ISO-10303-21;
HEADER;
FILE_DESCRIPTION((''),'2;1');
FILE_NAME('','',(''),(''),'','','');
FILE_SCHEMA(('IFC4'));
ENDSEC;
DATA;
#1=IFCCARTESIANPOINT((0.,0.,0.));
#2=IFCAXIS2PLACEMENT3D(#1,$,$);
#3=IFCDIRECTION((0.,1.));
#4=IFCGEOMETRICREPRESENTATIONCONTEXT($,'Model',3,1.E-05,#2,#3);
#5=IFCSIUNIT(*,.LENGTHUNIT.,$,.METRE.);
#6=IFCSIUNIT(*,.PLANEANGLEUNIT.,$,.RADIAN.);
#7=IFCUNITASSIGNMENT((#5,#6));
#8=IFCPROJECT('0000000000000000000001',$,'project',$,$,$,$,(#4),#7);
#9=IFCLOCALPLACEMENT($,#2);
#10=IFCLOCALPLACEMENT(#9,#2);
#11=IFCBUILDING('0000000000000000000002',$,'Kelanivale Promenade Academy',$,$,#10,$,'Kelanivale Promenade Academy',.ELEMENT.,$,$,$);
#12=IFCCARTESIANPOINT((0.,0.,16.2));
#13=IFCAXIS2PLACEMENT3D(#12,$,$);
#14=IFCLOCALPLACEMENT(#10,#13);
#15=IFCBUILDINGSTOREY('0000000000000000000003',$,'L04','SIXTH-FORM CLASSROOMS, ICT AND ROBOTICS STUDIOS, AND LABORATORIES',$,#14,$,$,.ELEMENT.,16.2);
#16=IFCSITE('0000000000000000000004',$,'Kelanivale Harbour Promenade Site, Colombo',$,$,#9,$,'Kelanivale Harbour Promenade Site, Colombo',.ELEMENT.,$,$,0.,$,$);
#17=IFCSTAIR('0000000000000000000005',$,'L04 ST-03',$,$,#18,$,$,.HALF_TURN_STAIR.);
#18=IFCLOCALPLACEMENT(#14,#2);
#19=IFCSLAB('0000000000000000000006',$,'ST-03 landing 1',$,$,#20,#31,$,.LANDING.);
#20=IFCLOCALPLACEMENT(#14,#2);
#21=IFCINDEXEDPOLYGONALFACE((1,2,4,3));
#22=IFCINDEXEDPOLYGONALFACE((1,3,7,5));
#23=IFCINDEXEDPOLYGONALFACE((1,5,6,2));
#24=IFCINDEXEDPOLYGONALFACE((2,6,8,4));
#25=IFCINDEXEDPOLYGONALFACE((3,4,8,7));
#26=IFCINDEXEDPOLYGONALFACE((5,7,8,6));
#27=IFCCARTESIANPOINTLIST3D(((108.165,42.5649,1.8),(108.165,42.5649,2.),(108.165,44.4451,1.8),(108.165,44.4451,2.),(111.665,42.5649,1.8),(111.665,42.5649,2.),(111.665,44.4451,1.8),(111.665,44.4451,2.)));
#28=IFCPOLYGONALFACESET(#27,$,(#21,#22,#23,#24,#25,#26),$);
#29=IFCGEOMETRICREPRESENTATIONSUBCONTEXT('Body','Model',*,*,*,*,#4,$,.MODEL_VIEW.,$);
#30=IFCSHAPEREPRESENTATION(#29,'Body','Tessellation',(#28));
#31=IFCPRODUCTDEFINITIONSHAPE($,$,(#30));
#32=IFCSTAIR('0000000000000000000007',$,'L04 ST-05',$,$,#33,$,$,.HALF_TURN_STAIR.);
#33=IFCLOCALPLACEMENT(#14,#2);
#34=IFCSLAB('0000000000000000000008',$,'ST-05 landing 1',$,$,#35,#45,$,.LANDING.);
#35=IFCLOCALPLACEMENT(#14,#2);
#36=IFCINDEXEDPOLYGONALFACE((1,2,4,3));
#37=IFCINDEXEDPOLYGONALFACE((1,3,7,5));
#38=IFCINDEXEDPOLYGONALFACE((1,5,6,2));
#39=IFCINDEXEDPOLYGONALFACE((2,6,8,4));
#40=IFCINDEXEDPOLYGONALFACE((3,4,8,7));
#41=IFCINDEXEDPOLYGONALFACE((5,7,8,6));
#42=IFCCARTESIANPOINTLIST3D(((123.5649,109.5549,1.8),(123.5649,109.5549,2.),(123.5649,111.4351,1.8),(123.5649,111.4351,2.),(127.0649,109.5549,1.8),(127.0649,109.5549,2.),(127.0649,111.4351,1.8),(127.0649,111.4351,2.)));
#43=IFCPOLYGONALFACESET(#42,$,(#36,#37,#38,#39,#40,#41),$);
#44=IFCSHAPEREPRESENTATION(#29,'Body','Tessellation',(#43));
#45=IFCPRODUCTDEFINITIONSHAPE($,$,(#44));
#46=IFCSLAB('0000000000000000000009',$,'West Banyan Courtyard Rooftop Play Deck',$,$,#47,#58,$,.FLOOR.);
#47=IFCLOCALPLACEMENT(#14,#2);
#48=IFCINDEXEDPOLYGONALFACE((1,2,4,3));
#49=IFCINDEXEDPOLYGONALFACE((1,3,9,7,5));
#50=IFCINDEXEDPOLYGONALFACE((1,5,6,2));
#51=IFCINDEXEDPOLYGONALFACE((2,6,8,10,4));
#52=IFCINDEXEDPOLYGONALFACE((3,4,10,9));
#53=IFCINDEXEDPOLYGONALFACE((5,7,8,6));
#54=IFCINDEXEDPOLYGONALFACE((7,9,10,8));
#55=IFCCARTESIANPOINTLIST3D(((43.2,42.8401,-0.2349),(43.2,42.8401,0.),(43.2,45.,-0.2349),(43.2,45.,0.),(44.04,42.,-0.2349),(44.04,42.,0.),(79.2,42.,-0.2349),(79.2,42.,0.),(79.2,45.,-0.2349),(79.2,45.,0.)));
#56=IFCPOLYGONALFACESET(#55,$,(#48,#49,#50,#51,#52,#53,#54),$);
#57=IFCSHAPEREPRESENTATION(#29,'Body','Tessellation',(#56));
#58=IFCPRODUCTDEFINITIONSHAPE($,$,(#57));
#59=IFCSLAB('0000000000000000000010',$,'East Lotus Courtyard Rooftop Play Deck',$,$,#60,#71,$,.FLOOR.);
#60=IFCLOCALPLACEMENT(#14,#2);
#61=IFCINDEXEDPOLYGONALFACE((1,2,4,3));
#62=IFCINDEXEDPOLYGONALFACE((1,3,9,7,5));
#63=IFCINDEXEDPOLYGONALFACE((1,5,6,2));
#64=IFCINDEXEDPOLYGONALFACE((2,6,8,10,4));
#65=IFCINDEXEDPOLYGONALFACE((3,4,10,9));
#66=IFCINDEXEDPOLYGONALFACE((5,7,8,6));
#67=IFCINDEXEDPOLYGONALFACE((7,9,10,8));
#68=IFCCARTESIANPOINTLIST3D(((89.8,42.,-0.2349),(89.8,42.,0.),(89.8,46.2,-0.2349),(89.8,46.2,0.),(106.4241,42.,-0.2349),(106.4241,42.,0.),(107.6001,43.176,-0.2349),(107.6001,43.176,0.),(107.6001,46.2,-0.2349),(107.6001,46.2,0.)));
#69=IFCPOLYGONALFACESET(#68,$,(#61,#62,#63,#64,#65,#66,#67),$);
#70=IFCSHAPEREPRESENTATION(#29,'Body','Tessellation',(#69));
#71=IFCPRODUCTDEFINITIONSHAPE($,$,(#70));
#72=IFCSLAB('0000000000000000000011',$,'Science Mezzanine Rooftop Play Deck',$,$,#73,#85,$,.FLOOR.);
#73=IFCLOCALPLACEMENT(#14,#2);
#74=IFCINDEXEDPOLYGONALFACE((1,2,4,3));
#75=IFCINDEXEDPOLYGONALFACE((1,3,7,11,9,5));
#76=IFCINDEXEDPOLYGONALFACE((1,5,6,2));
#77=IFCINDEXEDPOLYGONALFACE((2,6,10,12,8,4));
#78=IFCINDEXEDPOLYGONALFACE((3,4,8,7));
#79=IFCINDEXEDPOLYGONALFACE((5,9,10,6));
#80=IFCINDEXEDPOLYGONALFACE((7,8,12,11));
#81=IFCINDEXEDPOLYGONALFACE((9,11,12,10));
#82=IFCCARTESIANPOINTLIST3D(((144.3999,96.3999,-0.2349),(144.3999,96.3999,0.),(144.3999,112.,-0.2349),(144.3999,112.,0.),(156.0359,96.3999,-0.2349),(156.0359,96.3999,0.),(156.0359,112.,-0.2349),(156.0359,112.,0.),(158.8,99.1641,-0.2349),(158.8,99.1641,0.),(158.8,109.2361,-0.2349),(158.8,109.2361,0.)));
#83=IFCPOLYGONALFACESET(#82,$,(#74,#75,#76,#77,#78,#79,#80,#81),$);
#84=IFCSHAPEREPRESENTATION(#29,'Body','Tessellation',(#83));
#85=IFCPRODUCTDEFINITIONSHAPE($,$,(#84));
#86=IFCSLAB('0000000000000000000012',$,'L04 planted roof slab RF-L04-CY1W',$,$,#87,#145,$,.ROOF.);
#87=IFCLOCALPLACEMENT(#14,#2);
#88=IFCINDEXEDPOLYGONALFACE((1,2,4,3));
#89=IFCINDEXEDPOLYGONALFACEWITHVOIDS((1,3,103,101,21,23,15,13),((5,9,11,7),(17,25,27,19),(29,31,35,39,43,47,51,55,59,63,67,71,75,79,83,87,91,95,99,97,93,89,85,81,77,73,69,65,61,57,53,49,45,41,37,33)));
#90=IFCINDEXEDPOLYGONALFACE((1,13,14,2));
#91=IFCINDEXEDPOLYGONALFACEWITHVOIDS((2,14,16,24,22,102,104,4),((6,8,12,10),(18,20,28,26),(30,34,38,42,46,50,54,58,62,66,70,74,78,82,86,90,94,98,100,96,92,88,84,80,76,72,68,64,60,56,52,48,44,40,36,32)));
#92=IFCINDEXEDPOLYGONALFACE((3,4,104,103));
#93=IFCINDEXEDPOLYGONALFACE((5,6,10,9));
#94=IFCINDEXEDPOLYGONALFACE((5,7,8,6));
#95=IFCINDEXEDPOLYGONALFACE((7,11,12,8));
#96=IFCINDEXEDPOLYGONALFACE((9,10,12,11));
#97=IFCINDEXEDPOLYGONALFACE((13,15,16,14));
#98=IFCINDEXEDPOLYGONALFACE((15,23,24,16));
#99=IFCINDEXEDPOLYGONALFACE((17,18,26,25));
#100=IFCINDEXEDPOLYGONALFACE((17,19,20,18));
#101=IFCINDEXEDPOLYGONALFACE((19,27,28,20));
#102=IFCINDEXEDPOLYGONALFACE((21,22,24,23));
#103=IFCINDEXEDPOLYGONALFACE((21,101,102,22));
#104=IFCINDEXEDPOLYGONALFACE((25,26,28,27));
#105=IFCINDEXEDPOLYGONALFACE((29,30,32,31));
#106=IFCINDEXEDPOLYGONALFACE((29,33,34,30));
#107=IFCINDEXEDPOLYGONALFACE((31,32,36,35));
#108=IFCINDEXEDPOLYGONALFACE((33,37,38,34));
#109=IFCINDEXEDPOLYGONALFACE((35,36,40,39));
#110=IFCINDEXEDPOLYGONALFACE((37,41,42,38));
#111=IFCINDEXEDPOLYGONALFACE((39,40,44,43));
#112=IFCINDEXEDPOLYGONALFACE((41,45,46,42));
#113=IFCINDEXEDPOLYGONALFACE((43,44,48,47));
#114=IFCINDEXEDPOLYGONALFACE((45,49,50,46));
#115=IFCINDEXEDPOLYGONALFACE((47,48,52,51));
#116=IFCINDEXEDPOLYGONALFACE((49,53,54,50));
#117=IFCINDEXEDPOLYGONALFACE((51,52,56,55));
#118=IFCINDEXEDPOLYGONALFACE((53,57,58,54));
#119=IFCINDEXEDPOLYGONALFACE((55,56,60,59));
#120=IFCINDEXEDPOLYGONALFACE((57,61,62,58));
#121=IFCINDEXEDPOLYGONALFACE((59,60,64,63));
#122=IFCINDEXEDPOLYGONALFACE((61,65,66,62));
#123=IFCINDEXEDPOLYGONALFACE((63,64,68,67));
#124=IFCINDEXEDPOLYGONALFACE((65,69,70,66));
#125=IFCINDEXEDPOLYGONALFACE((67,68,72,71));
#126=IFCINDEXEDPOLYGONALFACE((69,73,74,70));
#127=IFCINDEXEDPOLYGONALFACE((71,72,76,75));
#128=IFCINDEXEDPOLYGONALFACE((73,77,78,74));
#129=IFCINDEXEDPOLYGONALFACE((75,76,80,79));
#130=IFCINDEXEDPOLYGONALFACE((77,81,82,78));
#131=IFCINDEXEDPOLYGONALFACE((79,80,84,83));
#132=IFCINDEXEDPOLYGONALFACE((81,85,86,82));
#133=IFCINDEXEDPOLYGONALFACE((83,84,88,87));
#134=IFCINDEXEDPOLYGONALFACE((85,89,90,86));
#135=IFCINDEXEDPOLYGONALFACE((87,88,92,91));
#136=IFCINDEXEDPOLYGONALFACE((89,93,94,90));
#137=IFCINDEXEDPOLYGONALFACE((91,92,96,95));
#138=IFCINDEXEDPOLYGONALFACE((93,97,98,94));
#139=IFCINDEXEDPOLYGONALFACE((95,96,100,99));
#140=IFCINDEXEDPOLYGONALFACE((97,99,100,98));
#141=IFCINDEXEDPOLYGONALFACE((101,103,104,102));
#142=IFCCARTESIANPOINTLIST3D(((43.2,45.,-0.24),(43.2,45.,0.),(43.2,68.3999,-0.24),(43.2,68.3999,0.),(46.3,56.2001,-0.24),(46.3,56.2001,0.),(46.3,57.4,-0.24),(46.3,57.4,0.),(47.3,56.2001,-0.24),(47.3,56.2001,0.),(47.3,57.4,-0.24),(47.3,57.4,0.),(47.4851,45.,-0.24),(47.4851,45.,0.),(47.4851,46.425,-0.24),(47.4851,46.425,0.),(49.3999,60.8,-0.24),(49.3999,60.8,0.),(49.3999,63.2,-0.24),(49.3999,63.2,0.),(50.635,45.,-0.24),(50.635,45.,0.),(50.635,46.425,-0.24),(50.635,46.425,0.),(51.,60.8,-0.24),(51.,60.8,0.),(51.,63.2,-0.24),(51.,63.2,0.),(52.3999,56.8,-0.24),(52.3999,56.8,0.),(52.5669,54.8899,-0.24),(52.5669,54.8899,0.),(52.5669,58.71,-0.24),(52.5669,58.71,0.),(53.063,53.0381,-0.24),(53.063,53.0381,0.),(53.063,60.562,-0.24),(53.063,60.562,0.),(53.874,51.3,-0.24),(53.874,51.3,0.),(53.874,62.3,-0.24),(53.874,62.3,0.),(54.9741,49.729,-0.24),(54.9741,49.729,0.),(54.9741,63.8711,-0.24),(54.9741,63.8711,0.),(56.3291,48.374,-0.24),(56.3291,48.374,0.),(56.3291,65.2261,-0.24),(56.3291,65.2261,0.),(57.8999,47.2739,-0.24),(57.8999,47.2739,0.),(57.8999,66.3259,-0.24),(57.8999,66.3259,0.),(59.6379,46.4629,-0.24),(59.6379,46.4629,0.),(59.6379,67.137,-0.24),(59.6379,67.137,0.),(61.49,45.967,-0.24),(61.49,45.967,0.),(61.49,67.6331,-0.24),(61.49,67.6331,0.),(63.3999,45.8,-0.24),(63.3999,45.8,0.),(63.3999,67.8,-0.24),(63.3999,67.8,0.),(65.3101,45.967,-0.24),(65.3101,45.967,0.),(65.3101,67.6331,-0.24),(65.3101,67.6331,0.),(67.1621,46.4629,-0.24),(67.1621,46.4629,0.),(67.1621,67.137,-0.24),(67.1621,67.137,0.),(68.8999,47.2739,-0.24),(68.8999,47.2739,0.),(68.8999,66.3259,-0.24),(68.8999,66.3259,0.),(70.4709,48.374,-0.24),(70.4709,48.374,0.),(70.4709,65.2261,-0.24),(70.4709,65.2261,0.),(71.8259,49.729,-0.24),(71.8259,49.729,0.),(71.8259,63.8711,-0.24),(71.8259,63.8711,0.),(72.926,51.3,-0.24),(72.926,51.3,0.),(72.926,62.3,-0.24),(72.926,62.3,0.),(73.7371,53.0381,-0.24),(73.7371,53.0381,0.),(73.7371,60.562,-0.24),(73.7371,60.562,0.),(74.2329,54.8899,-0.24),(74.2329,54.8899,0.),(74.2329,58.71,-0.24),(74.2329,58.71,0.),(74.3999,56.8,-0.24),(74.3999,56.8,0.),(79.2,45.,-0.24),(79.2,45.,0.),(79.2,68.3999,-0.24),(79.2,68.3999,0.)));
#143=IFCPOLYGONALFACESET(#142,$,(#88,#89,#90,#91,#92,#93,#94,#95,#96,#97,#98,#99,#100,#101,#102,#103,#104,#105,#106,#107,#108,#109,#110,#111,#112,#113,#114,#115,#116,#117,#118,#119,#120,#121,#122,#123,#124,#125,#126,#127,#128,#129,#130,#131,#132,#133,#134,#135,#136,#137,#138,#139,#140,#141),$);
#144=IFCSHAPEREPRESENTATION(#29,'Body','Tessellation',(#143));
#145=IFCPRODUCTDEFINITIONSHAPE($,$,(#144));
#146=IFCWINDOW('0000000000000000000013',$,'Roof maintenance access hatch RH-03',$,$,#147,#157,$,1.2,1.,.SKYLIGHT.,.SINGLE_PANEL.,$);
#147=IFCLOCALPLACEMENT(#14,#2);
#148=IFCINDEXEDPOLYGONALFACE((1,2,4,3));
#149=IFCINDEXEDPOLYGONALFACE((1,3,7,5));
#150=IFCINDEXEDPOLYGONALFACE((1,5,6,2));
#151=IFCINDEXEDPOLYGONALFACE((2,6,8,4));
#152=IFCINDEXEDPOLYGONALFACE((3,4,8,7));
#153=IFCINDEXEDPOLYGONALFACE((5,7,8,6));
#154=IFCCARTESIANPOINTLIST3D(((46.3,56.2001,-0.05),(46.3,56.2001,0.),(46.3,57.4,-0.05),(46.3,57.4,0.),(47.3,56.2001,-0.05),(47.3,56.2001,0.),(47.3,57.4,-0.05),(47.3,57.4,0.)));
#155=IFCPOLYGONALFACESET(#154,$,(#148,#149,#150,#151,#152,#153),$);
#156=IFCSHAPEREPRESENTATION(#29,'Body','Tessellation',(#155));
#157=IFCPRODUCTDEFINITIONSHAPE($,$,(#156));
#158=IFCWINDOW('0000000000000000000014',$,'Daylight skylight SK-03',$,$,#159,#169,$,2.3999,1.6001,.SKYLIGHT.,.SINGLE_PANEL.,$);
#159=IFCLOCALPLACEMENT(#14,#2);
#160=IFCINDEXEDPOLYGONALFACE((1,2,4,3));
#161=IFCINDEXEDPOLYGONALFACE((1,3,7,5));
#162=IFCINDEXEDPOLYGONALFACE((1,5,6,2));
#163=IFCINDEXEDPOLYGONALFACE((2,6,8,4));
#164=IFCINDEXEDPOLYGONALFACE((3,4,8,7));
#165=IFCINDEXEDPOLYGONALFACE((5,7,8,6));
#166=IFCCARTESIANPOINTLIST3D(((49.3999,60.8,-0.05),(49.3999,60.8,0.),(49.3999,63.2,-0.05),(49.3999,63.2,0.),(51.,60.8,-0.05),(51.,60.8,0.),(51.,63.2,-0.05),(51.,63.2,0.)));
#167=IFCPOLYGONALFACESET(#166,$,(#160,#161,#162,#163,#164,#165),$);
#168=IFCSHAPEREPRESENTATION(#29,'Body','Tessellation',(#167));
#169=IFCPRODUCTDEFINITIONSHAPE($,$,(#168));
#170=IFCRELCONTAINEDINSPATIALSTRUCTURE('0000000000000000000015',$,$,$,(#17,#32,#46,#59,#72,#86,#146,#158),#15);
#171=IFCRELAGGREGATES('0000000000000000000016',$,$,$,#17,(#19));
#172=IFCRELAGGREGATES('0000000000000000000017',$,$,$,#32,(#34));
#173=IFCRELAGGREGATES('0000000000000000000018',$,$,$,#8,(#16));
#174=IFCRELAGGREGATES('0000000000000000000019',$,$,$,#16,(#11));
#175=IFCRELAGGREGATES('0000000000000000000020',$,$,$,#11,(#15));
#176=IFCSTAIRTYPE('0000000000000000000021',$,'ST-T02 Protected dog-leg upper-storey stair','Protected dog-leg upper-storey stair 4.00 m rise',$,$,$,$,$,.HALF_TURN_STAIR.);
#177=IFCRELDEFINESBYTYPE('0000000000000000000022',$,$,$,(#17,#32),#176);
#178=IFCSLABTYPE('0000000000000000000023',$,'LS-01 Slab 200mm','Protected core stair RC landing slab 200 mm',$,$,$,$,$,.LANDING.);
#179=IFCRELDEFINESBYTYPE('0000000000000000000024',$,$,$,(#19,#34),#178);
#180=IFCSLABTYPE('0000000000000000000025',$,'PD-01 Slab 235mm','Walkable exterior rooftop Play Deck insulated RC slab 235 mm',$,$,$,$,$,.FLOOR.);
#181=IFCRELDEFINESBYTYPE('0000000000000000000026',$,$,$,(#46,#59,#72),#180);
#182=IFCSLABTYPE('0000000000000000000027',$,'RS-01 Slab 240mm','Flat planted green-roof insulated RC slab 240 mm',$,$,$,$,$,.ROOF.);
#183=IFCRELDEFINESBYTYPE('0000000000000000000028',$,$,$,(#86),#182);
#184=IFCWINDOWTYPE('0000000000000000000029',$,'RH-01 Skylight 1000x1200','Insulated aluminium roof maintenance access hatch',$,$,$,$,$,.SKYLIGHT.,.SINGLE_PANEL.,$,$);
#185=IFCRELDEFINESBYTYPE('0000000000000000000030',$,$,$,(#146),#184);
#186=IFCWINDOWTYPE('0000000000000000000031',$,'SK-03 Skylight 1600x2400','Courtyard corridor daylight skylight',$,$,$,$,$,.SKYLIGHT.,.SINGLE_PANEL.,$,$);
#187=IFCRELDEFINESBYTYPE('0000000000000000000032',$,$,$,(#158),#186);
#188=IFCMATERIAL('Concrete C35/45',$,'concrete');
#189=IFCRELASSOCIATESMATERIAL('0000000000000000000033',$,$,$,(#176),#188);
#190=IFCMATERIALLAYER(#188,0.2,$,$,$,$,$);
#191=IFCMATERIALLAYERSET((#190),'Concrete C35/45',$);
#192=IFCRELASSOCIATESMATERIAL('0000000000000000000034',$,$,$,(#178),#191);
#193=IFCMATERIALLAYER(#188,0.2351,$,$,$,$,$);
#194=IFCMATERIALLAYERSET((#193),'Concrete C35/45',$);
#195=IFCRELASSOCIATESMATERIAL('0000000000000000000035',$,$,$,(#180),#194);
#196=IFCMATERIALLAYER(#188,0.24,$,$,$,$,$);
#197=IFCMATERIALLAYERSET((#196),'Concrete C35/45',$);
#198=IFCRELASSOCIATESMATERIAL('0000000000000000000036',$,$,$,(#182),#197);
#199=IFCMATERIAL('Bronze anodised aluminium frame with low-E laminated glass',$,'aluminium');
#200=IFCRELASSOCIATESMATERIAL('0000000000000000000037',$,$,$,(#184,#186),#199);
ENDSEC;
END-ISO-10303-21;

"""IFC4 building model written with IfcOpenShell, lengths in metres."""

from ifc_helpers import new_model, si_unit, direction, frame, origin, origin_2d, place, context, subcontext, project, spatial, polyline, rectangle, outline, extrude, material, layer, layer_set, type_object, element, fill, aggregate, save


model = new_model("IFC4")

# Units and contexts
model_context = context("Model", 3, precision=1e-05, world=origin(), true_north=direction((0.0, 1.0)))
body_context = subcontext(model_context, "Body", "Model", "MODEL_VIEW")
ifc_project = project(units=[si_unit("LENGTHUNIT", "METRE"), si_unit("PLANEANGLEUNIT", "RADIAN")], contexts=[model_context])

# Site, building, storey
site_placement = place(None, origin())
site = spatial("IfcSite", under=ifc_project, at=site_placement, Name="Kelanivale Harbour Promenade Site, Colombo", LongName="Kelanivale Harbour Promenade Site, Colombo", CompositionType="ELEMENT", RefElevation=0.0)
building_placement = place(site_placement, origin())
building = spatial("IfcBuilding", under=site, at=building_placement, Name="Kelanivale Promenade Academy", LongName="Kelanivale Promenade Academy", CompositionType="ELEMENT")
storey_placement = place(building_placement, frame((0.0, 0.0, 16.2)))
storey = spatial("IfcBuildingStorey", under=building, at=storey_placement, Name="L04", Description="SIXTH-FORM CLASSROOMS, ICT AND ROBOTICS STUDIOS, AND LABORATORIES", CompositionType="ELEMENT", Elevation=16.2)

# Shared definitions
ifc_material_1 = material(Name="Concrete C35/45", Category="concrete")

# Shared definitions
ifc_material_2 = material(Name="Bronze anodised aluminium frame with low-E laminated glass", Category="aluminium")

# Stairs, slabs
stair_type = type_object("IfcStairType", Name="ST-T02 Protected dog-leg upper-storey stair", Description="Protected dog-leg upper-storey stair 4.00 m rise", PredefinedType="HALF_TURN_STAIR", material=ifc_material_1)
ifc_layer_1 = layer(ifc_material_1, 0.2)
ifc_layer_set_1 = layer_set([ifc_layer_1], Name="Concrete C35/45")
slab_type_1 = type_object("IfcSlabType", Name="LS-01 Slab 200mm", Description="Protected core stair RC landing slab 200 mm", PredefinedType="LANDING", material=ifc_layer_set_1)
stair_1_placement = place(storey_placement, origin())
stair_1 = element("IfcStair", 1, at=stair_1_placement, inside=storey, type_object=stair_type, Name="L04 ST-03", PredefinedType="HALF_TURN_STAIR")
slab_1_placement = place(storey_placement, frame((0.0, 0.0, 1.8)))
slab_1 = element("IfcSlab", 2, at=slab_1_placement, type_object=slab_type_1, Name="ST-03 landing 1", PredefinedType="LANDING", context=body_context, shape_type="SweptSolid", body=[
    extrude(outline(polyline([(108.165, 44.4451), (108.165, 42.5649), (111.665, 42.5649), (111.665, 44.4451), (108.165, 44.4451)])), origin(), (0.0, 0.0, 1.0), 0.2),
])
aggregate(stair_1, [slab_1])
stair_2_placement = place(storey_placement, origin())
stair_2 = element("IfcStair", 3, at=stair_2_placement, inside=storey, type_object=stair_type, Name="L04 ST-05", PredefinedType="HALF_TURN_STAIR")
slab_2_placement = place(storey_placement, frame((0.0, 0.0, 1.8)))
slab_2 = element("IfcSlab", 4, at=slab_2_placement, type_object=slab_type_1, Name="ST-05 landing 1", PredefinedType="LANDING", context=body_context, shape_type="SweptSolid", body=[
    extrude(outline(polyline([(127.0649, 109.5549), (127.0649, 111.4351), (123.5649, 111.4351), (123.5649, 109.5549), (127.0649, 109.5549)])), origin(), (0.0, 0.0, 1.0), 0.2),
])
aggregate(stair_2, [slab_2])

# Slabs
ifc_layer_2 = layer(ifc_material_1, 0.2351)
ifc_layer_set_2 = layer_set([ifc_layer_2], Name="Concrete C35/45")
slab_type_2 = type_object("IfcSlabType", Name="PD-01 Slab 235mm", Description="Walkable exterior rooftop Play Deck insulated RC slab 235 mm", PredefinedType="FLOOR", material=ifc_layer_set_2)
slab_3_placement = place(storey_placement, frame((0.0, 0.0, -0.2349)))
element("IfcSlab", 5, at=slab_3_placement, inside=storey, type_object=slab_type_2, Name="West Banyan Courtyard Rooftop Play Deck", PredefinedType="FLOOR", context=body_context, shape_type="SweptSolid", body=[
    extrude(outline(polyline([(44.04, 42.0), (79.2, 42.0), (79.2, 45.0), (43.2, 45.0), (43.2, 42.8401), (44.04, 42.0)])), origin(), (0.0, 0.0, 1.0), 0.2349),
])
slab_4_placement = place(storey_placement, frame((0.0, 0.0, -0.2349)))
element("IfcSlab", 6, at=slab_4_placement, inside=storey, type_object=slab_type_2, Name="East Lotus Courtyard Rooftop Play Deck", PredefinedType="FLOOR", context=body_context, shape_type="SweptSolid", body=[
    extrude(outline(polyline([(106.4241, 42.0), (107.6001, 43.176), (107.6001, 46.2), (89.8, 46.2), (89.8, 42.0), (106.4241, 42.0)])), origin(), (0.0, 0.0, 1.0), 0.2349),
])
slab_5_placement = place(storey_placement, frame((0.0, 0.0, -0.2349)))
element("IfcSlab", 7, at=slab_5_placement, inside=storey, type_object=slab_type_2, Name="Science Mezzanine Rooftop Play Deck", PredefinedType="FLOOR", context=body_context, shape_type="SweptSolid", body=[
    extrude(outline(polyline([(156.0359, 96.3999), (158.8, 99.1641), (158.8, 109.2361), (156.0359, 112.0), (144.3999, 112.0), (144.3999, 96.3999), (156.0359, 96.3999)])), origin(), (0.0, 0.0, 1.0), 0.2349),
])

# Slab, openings, windows
ifc_layer_3 = layer(ifc_material_1, 0.24)
ifc_layer_set_3 = layer_set([ifc_layer_3], Name="Concrete C35/45")
slab_type_3 = type_object("IfcSlabType", Name="RS-01 Slab 240mm", Description="Flat planted green-roof insulated RC slab 240 mm", PredefinedType="ROOF", material=ifc_layer_set_3)
slab_6_placement = place(storey_placement, frame((0.0, 0.0, -0.24)))
slab_6 = element("IfcSlab", 8, at=slab_6_placement, inside=storey, type_object=slab_type_3, Name="L04 planted roof slab RF-L04-CY1W", PredefinedType="ROOF", context=body_context, shape_type="SweptSolid", body=[
    extrude(outline(polyline([(79.2, 68.3999), (43.2, 68.3999), (43.2, 45.0), (47.4851, 45.0), (47.4851, 46.425), (50.635, 46.425), (50.635, 45.0), (79.2, 45.0), (79.2, 68.3999)]), holes=[polyline([(63.3999, 67.8), (65.3101, 67.6331), (67.1621, 67.137), (68.8999, 66.3259), (70.4709, 65.2261), (71.8259, 63.8711), (72.926, 62.3), (73.7371, 60.562), (74.2329, 58.71), (74.3999, 56.8), (74.2329, 54.8899), (73.7371, 53.0381), (72.926, 51.3), (71.8259, 49.729), (70.4709, 48.374), (68.8999, 47.2739), (67.1621, 46.4629), (65.3101, 45.967), (63.3999, 45.8), (61.49, 45.967), (59.6379, 46.4629), (57.8999, 47.2739), (56.3291, 48.374), (54.9741, 49.729), (53.874, 51.3), (53.063, 53.0381), (52.5669, 54.8899), (52.3999, 56.8), (52.5669, 58.71), (53.063, 60.562), (53.874, 62.3), (54.9741, 63.8711), (56.3291, 65.2261), (57.8999, 66.3259), (59.6379, 67.137), (61.49, 67.6331), (63.3999, 67.8)])]), origin(), (0.0, 0.0, 1.0), 0.24),
])
opening_1_placement = place(slab_6_placement, frame((46.8, 56.8, 0.0)))
opening_1 = element("IfcOpeningElement", 9, at=opening_1_placement, cuts=slab_6, PredefinedType="OPENING", context=body_context, shape_type="SweptSolid", body=[
    extrude(rectangle(XDim=1.0, YDim=1.2, at=origin_2d()), frame((0.0, 0.0, -0.01)), (0.0, 0.0, 1.0), 0.26),
])
opening_2_placement = place(slab_6_placement, frame((50.2, 62.0, 0.0)))
opening_2 = element("IfcOpeningElement", 10, at=opening_2_placement, cuts=slab_6, PredefinedType="OPENING", context=body_context, shape_type="SweptSolid", body=[
    extrude(rectangle(XDim=1.6001, YDim=2.3999, at=origin_2d()), frame((0.0, 0.0, -0.01)), (0.0, 0.0, 1.0), 0.26),
])
window_type_1 = type_object("IfcWindowType", Name="RH-01 Skylight 1000x1200", Description="Insulated aluminium roof maintenance access hatch", PartitioningType="SINGLE_PANEL", PredefinedType="SKYLIGHT", material=ifc_material_2)
window_1_placement = place(opening_1_placement, frame((0.0, 0.0, 0.1899)))
window_1 = element("IfcWindow", 11, at=window_1_placement, inside=storey, type_object=window_type_1, Name="Roof maintenance access hatch RH-03", OverallHeight=1.2, OverallWidth=1.0, PartitioningType="SINGLE_PANEL", PredefinedType="SKYLIGHT", context=body_context, shape_type="SweptSolid", body=[
    extrude(rectangle(XDim=1.0, YDim=1.2, at=origin_2d()), origin(), (0.0, 0.0, 1.0), 0.05),
])
fill(opening_1, window_1)
window_type_2 = type_object("IfcWindowType", Name="SK-03 Skylight 1600x2400", Description="Courtyard corridor daylight skylight", PartitioningType="SINGLE_PANEL", PredefinedType="SKYLIGHT", material=ifc_material_2)
window_2_placement = place(opening_2_placement, frame((0.0, 0.0, 0.1899)))
window_2 = element("IfcWindow", 12, at=window_2_placement, inside=storey, type_object=window_type_2, Name="Daylight skylight SK-03", OverallHeight=2.3999, OverallWidth=1.6001, PartitioningType="SINGLE_PANEL", PredefinedType="SKYLIGHT", context=body_context, shape_type="SweptSolid", body=[
    extrude(rectangle(XDim=1.6001, YDim=2.3999, at=origin_2d()), origin(), (0.0, 0.0, 1.0), 0.05),
])
fill(opening_2, window_2)

save(model, "model.ifc")
